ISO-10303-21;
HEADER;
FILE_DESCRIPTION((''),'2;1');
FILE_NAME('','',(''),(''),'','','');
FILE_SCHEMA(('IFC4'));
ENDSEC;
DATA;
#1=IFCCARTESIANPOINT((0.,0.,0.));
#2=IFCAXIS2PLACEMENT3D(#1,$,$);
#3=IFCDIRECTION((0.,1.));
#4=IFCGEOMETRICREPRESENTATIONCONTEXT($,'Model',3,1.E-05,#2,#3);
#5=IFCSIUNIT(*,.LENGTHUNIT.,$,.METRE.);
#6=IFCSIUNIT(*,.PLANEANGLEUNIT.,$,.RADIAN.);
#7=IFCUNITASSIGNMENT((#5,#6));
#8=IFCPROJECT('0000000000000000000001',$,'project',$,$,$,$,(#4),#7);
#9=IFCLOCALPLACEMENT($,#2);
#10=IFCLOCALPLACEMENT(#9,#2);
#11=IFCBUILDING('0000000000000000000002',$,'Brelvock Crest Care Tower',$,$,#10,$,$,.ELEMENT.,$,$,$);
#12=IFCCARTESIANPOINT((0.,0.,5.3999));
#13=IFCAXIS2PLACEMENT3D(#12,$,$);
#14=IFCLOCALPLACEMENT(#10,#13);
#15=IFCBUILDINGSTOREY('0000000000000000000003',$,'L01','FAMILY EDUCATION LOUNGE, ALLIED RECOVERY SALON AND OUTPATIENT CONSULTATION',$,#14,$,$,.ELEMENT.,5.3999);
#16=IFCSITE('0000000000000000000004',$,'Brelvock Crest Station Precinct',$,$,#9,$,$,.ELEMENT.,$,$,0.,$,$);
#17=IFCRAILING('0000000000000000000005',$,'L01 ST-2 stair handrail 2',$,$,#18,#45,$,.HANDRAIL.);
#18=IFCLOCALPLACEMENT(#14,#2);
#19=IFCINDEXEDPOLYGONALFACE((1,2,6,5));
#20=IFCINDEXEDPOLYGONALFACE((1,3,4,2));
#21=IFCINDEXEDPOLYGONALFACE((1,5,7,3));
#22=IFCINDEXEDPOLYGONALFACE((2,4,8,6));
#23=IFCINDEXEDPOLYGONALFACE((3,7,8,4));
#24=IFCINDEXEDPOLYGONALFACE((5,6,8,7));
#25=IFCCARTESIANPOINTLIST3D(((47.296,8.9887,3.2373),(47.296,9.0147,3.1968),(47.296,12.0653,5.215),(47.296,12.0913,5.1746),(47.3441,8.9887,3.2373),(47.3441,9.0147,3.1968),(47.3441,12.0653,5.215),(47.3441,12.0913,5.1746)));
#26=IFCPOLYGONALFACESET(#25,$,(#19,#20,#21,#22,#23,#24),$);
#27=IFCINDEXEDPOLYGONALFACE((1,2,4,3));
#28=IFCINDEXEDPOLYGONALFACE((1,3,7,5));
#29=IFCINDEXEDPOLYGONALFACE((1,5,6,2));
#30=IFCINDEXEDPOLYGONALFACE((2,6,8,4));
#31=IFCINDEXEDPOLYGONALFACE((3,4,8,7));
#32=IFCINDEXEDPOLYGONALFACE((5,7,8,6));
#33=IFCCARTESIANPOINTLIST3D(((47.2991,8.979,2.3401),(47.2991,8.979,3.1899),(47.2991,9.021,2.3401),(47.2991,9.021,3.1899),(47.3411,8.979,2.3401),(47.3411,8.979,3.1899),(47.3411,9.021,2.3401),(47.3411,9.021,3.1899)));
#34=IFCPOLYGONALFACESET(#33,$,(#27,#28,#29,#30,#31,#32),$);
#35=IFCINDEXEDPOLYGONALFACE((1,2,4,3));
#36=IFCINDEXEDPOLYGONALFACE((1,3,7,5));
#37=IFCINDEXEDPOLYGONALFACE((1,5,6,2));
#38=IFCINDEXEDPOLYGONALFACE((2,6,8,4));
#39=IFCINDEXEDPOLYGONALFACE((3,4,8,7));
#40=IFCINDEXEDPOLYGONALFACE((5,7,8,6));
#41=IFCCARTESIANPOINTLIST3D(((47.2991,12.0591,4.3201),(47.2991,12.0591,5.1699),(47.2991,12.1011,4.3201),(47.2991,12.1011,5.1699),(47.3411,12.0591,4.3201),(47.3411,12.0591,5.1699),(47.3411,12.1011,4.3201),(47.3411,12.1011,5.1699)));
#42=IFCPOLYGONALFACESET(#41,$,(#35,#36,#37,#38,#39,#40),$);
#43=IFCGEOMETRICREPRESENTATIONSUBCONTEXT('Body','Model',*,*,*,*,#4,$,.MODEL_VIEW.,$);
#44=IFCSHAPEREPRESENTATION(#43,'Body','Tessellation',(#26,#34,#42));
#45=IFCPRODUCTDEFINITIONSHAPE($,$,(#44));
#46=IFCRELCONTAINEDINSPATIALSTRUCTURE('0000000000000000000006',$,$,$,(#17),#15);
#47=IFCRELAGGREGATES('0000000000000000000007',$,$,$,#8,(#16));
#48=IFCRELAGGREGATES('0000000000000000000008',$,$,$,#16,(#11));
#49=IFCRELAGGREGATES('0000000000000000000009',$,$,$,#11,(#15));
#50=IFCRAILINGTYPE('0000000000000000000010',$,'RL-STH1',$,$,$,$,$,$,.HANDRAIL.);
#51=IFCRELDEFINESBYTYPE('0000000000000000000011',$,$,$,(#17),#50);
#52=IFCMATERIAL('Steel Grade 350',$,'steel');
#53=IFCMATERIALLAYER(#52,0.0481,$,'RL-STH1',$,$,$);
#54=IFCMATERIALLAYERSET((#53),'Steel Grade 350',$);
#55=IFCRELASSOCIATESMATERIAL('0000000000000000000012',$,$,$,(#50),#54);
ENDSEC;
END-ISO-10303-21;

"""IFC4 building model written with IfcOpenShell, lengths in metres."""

from ifc_helpers import new_model, si_unit, direction, frame, origin, origin_2d, place, context, subcontext, project, spatial, rectangle, extrude, material, layer, layer_set, type_object, element, save


model = new_model("IFC4")

# Units and contexts
model_context = context("Model", 3, precision=1e-05, world=origin(), true_north=direction((0.0, 1.0)))
body_context = subcontext(model_context, "Body", "Model", "MODEL_VIEW")
ifc_project = project(units=[si_unit("LENGTHUNIT", "METRE"), si_unit("PLANEANGLEUNIT", "RADIAN")], contexts=[model_context])

# Site, building, storey
site_placement = place(None, origin())
site = spatial("IfcSite", under=ifc_project, at=site_placement, Name="Brelvock Crest Station Precinct", CompositionType="ELEMENT", RefElevation=0.0)
building_placement = place(site_placement, origin())
building = spatial("IfcBuilding", under=site, at=building_placement, Name="Brelvock Crest Care Tower", CompositionType="ELEMENT")
storey_placement = place(building_placement, frame((0.0, 0.0, 5.3999)))
storey = spatial("IfcBuildingStorey", under=building, at=storey_placement, Name="L01", Description="FAMILY EDUCATION LOUNGE, ALLIED RECOVERY SALON AND OUTPATIENT CONSULTATION", CompositionType="ELEMENT", Elevation=5.3999)

# Shared definitions
ifc_material_1 = material(Name="Steel Grade 350", Category="steel")

# Railing
ifc_layer_1 = layer(ifc_material_1, 0.0481, Name="RL-STH1")
ifc_layer_set_1 = layer_set([ifc_layer_1], Name="Steel Grade 350")
railing_type_1 = type_object("IfcRailingType", Name="RL-STH1", PredefinedType="HANDRAIL", material=ifc_layer_set_1)
railing_1_placement = place(storey_placement, frame((47.3201, 9.0, 2.3401)))
element("IfcRailing", 1, at=railing_1_placement, inside=storey, type_object=railing_type_1, Name="L01 ST-2 stair handrail 2", PredefinedType="HANDRAIL", context=body_context, shape_type="SweptSolid", body=[
    extrude(rectangle(XDim=0.0481, YDim=0.0481, at=origin_2d()), frame((0.0, 0.0017, 0.877), z_axis=(0.0, 0.841187, 0.540744), x_axis=(-1.0, 0.0, 0.0)), (0.0, 0.0, 1.0), 3.6575),
    extrude(rectangle(XDim=0.042, YDim=0.042, at=origin_2d()), origin(), (0.0, 0.0, 1.0), 0.8499),
    extrude(rectangle(XDim=0.042, YDim=0.042, at=origin_2d()), frame((0.0, 3.0801, 1.98)), (0.0, 0.0, 1.0), 0.8499),
])

save(model, "model.ifc")
